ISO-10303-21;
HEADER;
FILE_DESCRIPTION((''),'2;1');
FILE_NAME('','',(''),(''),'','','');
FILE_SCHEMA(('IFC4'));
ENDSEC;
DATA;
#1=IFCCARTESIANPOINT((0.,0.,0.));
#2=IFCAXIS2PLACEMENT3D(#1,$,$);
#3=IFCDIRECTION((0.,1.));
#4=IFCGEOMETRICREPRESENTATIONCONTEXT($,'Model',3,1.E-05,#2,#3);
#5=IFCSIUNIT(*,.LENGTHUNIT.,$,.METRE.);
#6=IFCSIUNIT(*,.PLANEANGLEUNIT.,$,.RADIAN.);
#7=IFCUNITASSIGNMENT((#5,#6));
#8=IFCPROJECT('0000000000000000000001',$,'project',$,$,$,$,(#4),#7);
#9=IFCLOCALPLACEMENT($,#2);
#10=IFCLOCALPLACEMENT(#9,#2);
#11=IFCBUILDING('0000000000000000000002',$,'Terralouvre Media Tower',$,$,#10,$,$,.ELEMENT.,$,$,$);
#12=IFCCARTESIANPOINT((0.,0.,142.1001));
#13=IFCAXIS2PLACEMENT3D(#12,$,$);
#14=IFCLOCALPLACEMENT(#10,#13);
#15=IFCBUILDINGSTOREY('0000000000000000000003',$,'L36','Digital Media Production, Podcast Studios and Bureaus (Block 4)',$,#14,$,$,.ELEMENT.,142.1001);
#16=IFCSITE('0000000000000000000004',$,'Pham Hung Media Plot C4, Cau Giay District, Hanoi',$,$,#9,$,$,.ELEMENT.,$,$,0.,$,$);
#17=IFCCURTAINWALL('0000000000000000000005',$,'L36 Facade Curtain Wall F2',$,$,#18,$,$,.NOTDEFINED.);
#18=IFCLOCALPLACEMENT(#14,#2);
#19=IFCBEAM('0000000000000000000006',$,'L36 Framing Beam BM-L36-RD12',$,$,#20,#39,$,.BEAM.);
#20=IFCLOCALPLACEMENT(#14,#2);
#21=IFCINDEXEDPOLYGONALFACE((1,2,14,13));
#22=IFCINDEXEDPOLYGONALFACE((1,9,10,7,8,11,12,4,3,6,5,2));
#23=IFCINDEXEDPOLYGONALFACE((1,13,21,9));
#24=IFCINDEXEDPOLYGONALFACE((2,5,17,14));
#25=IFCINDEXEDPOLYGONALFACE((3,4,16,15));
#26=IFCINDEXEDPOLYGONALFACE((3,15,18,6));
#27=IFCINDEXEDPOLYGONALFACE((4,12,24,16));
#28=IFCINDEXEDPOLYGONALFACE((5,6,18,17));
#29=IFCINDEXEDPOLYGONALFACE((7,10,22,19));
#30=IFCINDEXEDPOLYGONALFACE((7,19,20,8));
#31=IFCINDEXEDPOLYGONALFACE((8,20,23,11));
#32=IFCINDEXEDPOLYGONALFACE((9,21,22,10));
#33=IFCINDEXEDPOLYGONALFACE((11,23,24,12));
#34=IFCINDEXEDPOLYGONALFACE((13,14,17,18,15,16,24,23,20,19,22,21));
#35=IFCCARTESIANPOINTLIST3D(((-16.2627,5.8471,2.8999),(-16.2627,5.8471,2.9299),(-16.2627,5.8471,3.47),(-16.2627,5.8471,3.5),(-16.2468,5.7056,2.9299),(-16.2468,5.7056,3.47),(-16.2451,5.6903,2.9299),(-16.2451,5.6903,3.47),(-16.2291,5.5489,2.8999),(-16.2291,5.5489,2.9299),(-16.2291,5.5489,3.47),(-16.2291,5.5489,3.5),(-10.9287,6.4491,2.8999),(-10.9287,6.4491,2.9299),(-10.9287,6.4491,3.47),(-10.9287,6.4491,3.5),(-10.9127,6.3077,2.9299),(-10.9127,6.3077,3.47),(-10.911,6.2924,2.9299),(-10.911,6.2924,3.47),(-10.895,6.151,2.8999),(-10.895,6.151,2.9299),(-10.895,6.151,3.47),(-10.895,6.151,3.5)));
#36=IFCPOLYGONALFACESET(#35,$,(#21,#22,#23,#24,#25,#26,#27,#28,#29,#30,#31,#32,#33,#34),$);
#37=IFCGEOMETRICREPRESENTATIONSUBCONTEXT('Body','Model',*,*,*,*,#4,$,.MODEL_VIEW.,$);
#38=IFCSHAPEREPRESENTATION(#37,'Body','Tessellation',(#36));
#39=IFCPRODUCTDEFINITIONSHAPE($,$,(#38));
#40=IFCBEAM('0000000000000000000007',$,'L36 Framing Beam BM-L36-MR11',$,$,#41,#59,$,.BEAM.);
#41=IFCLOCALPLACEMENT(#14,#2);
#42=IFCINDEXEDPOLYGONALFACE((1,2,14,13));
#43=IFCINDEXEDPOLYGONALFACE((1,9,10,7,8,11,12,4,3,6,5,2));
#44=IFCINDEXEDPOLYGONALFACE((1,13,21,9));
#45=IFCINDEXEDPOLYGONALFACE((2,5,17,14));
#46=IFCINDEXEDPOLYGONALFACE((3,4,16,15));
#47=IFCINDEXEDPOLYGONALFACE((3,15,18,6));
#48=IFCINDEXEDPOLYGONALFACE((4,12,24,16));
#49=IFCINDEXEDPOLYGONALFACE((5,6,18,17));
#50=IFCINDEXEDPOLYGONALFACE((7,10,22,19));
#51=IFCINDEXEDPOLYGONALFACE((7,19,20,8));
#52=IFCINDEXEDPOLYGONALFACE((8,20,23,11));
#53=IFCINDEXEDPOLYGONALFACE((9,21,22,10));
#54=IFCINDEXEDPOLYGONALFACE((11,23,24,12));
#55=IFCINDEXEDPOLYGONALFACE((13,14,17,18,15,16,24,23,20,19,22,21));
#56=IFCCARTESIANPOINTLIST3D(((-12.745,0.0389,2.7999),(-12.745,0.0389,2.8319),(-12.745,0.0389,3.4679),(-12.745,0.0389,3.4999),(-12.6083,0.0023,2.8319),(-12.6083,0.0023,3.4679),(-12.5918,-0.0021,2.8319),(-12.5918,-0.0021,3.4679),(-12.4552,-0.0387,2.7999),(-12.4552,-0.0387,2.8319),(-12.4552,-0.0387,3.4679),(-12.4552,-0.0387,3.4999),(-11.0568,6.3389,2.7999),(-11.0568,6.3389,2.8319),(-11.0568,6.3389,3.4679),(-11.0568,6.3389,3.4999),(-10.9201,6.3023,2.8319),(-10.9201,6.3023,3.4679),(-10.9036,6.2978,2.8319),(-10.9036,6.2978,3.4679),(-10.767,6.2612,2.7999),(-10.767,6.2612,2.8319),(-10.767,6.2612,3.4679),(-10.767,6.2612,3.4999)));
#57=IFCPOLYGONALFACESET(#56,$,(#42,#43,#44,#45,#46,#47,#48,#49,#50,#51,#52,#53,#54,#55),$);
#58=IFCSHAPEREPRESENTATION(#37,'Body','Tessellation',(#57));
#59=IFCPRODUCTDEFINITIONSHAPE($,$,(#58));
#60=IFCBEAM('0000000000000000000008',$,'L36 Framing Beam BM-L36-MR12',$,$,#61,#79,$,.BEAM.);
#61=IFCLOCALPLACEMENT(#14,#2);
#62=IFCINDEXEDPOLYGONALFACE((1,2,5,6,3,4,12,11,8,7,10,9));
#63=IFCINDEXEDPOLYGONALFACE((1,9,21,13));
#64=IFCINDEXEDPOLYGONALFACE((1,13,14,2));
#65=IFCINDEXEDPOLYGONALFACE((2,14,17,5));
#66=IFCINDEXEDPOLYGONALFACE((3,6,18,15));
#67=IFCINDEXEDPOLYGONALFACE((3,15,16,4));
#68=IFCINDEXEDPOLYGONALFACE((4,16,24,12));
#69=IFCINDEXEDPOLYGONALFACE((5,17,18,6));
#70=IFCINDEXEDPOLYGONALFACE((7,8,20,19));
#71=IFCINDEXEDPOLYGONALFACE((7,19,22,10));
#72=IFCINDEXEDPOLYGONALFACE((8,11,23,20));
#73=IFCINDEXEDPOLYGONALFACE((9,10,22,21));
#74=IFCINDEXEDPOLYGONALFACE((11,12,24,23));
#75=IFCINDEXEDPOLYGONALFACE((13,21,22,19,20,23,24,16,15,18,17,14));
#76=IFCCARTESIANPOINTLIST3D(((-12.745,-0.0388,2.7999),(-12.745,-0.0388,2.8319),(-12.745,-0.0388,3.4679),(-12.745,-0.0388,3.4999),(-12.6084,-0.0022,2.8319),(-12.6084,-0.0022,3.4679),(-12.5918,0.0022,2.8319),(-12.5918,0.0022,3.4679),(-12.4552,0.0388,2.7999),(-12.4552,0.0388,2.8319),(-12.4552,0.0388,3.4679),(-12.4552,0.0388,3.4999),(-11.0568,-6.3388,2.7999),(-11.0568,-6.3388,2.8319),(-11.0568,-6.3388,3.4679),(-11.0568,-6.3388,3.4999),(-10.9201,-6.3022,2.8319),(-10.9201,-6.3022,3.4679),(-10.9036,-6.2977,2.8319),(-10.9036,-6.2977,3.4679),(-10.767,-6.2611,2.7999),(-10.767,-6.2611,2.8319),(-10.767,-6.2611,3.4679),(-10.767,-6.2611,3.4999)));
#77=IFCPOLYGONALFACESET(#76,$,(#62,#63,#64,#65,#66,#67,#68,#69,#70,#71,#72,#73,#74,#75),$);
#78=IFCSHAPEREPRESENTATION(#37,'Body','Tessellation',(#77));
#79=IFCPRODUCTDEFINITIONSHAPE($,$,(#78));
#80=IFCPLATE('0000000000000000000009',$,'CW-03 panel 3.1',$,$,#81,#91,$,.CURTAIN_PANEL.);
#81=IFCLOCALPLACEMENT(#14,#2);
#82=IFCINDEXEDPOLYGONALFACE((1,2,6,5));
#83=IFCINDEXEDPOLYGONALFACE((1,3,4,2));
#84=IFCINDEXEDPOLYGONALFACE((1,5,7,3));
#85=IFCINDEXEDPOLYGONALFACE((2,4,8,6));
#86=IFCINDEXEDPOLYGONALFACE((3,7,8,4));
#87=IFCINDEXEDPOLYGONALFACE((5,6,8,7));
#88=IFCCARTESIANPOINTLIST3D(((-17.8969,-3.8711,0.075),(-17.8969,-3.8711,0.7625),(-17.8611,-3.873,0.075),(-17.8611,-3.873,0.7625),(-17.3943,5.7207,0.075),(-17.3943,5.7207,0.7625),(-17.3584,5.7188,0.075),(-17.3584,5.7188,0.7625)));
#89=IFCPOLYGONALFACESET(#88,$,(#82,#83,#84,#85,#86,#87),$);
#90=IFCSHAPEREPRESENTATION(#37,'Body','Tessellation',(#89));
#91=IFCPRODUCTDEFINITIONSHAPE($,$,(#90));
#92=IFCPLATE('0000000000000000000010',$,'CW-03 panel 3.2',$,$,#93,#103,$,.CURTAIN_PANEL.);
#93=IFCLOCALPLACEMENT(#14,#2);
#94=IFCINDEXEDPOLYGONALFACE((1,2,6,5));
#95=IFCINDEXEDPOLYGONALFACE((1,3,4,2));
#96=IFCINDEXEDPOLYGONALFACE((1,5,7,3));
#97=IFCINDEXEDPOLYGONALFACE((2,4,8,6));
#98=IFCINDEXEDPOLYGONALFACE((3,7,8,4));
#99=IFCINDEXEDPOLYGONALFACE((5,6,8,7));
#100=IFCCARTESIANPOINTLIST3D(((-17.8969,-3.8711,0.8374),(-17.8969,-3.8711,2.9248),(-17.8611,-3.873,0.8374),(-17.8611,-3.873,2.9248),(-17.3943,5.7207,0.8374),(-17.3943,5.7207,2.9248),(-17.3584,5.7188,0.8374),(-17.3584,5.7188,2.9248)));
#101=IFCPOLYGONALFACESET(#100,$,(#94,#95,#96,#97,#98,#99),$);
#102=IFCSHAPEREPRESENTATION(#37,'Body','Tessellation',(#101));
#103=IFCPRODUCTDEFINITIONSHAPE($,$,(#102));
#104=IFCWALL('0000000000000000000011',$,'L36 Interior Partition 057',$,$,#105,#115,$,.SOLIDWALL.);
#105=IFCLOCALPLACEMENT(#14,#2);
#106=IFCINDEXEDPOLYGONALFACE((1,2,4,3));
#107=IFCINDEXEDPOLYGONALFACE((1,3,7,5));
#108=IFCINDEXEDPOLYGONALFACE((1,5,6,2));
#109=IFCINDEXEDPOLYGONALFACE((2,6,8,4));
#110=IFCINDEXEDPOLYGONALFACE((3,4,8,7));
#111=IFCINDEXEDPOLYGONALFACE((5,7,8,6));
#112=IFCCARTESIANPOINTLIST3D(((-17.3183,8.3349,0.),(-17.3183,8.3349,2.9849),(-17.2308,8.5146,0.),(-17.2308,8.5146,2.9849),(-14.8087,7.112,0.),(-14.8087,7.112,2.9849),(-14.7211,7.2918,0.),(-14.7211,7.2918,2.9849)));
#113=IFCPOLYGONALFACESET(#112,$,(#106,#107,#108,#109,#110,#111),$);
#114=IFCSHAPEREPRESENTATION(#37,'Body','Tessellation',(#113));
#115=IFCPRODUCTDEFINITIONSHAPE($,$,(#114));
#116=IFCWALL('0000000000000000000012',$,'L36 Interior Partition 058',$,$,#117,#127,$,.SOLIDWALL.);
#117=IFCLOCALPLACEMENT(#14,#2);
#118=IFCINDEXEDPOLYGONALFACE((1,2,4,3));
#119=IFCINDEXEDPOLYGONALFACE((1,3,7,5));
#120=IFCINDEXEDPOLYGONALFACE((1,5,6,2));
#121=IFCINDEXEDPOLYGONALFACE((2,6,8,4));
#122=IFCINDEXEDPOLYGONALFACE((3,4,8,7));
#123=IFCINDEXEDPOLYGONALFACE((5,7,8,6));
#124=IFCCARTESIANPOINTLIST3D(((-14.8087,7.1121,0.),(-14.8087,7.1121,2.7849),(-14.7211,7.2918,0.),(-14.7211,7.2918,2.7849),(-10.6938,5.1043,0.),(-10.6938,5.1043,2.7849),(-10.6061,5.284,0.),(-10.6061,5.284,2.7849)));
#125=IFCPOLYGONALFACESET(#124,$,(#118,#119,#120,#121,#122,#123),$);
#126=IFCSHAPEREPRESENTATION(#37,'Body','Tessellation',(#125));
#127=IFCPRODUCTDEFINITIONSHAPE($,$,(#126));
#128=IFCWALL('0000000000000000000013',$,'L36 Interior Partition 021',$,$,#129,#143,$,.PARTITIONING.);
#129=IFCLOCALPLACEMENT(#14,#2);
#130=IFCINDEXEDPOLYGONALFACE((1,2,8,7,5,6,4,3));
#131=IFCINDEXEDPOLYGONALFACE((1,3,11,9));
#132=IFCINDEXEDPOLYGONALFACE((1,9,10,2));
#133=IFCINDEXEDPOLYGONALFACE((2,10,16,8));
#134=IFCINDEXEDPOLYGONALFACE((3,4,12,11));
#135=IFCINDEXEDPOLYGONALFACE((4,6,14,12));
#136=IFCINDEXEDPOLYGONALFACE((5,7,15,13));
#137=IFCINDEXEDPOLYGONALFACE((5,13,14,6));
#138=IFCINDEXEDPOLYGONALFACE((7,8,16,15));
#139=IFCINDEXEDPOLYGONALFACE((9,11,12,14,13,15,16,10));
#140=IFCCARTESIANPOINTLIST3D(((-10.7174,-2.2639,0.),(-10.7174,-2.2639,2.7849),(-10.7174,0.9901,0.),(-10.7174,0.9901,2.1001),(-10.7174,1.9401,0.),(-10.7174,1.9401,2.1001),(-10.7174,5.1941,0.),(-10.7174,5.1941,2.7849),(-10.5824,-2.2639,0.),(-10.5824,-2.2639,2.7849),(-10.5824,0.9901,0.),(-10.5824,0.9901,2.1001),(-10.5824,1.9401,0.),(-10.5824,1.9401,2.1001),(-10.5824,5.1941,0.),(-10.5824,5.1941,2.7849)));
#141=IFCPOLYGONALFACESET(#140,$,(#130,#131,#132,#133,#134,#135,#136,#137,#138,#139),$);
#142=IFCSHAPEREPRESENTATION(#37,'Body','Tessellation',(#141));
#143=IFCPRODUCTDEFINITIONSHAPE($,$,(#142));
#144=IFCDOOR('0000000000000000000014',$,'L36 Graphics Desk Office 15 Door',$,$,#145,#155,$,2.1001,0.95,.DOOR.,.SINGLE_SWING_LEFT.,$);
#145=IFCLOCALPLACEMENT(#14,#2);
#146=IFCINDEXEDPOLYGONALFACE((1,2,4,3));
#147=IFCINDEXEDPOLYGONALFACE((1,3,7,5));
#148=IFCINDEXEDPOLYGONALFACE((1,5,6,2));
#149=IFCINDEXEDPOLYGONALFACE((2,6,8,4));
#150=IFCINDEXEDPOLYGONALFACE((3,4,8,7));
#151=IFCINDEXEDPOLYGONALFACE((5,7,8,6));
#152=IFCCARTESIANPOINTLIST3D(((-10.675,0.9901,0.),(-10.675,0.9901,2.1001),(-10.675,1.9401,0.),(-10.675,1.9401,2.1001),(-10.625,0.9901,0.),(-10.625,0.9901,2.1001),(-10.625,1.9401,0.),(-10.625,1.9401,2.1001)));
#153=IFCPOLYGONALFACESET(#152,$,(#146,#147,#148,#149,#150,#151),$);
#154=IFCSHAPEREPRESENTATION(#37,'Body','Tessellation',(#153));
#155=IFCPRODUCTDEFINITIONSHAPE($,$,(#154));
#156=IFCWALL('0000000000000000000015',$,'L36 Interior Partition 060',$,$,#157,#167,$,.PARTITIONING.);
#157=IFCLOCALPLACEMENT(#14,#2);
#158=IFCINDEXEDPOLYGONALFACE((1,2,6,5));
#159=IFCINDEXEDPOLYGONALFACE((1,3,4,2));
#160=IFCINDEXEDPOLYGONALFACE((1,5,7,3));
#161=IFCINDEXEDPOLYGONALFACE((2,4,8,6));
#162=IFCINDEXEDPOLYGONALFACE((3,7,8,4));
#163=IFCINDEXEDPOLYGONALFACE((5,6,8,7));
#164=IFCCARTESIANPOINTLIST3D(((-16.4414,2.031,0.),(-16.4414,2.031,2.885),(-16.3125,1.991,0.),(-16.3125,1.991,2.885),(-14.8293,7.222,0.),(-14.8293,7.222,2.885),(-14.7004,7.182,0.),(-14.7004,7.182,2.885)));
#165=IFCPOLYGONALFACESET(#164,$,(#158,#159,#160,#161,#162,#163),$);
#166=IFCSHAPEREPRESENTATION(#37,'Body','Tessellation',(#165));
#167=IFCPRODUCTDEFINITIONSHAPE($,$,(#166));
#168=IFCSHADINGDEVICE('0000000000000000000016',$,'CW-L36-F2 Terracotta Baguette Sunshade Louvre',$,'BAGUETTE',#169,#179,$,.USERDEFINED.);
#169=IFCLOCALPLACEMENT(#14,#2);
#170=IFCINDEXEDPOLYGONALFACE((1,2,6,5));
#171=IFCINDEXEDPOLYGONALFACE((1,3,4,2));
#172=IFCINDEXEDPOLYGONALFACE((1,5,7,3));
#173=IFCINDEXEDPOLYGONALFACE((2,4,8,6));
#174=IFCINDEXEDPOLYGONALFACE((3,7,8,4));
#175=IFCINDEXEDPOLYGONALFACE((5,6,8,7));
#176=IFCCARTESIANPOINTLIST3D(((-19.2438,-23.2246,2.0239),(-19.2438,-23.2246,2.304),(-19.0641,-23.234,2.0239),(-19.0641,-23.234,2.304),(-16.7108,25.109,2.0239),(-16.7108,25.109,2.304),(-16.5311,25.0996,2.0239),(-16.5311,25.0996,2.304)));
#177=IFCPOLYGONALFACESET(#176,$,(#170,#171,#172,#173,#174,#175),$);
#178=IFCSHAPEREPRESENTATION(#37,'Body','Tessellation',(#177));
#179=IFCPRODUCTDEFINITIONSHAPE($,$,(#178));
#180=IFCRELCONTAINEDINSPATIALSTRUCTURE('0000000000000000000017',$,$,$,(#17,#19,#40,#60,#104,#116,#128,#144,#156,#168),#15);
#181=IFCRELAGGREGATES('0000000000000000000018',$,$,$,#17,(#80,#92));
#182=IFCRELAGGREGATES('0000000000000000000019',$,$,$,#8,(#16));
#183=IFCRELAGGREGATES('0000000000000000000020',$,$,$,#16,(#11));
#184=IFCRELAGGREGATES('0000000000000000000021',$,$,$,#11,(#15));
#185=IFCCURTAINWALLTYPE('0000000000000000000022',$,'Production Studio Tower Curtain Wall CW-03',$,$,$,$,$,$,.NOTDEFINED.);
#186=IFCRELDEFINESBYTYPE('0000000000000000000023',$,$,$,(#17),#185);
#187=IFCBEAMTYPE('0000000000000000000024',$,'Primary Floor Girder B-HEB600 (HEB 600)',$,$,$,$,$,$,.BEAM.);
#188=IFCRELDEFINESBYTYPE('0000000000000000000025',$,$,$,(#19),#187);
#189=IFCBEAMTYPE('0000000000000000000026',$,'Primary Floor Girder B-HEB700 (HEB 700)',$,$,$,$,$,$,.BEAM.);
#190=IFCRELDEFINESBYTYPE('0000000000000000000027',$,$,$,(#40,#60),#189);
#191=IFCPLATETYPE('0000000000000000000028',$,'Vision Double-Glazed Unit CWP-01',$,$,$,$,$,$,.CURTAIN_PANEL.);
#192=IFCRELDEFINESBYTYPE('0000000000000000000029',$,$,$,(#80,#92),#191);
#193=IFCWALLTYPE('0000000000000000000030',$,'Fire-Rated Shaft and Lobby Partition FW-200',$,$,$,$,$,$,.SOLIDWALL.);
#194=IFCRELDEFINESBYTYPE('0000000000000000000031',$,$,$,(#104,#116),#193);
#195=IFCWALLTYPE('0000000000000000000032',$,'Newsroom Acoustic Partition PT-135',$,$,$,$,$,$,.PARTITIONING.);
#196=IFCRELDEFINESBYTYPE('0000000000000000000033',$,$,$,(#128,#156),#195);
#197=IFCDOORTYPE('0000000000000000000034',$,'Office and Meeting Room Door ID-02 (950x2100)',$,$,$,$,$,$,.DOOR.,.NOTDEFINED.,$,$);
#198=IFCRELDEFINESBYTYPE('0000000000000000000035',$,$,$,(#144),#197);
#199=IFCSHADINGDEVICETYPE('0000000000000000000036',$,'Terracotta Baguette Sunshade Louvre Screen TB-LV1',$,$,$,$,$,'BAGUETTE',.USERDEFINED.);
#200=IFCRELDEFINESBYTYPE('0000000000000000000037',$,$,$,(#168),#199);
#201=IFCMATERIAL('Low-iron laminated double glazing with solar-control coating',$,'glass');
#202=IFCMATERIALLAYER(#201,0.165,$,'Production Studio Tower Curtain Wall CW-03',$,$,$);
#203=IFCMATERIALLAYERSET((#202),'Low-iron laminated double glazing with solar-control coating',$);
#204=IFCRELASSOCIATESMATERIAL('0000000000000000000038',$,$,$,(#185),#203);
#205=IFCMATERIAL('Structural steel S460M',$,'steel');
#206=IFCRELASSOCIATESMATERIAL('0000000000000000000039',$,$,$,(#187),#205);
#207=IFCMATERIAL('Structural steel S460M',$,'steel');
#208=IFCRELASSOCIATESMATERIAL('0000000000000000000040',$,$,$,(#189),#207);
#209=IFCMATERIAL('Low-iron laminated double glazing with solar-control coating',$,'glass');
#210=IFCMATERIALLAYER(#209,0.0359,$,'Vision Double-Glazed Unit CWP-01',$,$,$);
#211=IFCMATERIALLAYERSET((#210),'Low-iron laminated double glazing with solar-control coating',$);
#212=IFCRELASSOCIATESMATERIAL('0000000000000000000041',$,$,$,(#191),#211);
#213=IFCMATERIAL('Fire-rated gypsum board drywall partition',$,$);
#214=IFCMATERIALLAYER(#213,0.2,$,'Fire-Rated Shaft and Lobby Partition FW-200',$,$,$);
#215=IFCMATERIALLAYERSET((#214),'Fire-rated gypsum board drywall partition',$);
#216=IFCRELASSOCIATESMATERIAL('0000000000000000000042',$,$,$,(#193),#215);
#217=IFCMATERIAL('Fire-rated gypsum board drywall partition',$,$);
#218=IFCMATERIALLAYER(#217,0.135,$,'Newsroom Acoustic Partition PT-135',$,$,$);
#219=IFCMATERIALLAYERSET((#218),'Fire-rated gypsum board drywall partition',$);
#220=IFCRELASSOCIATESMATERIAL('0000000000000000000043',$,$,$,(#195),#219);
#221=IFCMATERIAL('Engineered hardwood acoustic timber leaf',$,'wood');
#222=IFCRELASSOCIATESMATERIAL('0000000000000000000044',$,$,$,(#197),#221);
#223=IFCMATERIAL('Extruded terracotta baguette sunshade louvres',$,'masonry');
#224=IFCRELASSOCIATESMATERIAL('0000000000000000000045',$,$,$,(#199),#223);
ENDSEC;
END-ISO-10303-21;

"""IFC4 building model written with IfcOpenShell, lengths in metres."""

from ifc_helpers import new_model, si_unit, direction, frame, frame_2d, origin, origin_2d, place, context, subcontext, project, spatial, rectangle, i_section, extrude, material, layer, layer_set, material_profile, profile_set, type_object, element, fill, aggregate, save


model = new_model("IFC4")

# Units and contexts
model_context = context("Model", 3, precision=1e-05, world=origin(), true_north=direction((0.0, 1.0)))
body_context = subcontext(model_context, "Body", "Model", "MODEL_VIEW")
ifc_project = project(units=[si_unit("LENGTHUNIT", "METRE"), si_unit("PLANEANGLEUNIT", "RADIAN")], contexts=[model_context])

# Site, building, storey
site_placement = place(None, origin())
site = spatial("IfcSite", under=ifc_project, at=site_placement, Name="Pham Hung Media Plot C4, Cau Giay District, Hanoi", CompositionType="ELEMENT", RefElevation=0.0)
building_placement = place(site_placement, origin())
building = spatial("IfcBuilding", under=site, at=building_placement, Name="Terralouvre Media Tower", CompositionType="ELEMENT")
storey_placement = place(building_placement, frame((0.0, 0.0, 142.1001)))
storey = spatial("IfcBuildingStorey", under=building, at=storey_placement, Name="L36", Description="Digital Media Production, Podcast Studios and Bureaus (Block 4)", CompositionType="ELEMENT", Elevation=142.1001)

# Curtain wall
ifc_material_1 = material(Name="Low-iron laminated double glazing with solar-control coating", Category="glass")
ifc_layer_1 = layer(ifc_material_1, 0.165, Name="Production Studio Tower Curtain Wall CW-03")
ifc_layer_set_1 = layer_set([ifc_layer_1], Name="Low-iron laminated double glazing with solar-control coating")
curtain_wall_type = type_object("IfcCurtainWallType", Name="Production Studio Tower Curtain Wall CW-03", PredefinedType="NOTDEFINED", material=ifc_layer_set_1)
curtain_wall_placement = place(storey_placement, origin())
curtain_wall = element("IfcCurtainWall", 1, at=curtain_wall_placement, inside=storey, type_object=curtain_wall_type, Name="L36 Facade Curtain Wall F2", PredefinedType="NOTDEFINED")

# Beams
ifc_material_2 = material(Name="Structural steel S460M", Category="steel")
ifc_material_profile_1 = material_profile(ifc_material_2, i_section(OverallWidth=0.3, OverallDepth=0.6001, WebThickness=0.0154, FlangeThickness=0.03, at=origin_2d()), Name="HEB 600")
ifc_profile_set_1 = profile_set([ifc_material_profile_1], Name="Structural steel S460M")
beam_type_1 = type_object("IfcBeamType", Name="Primary Floor Girder B-HEB600 (HEB 600)", PredefinedType="BEAM", material=ifc_profile_set_1)
beam_1_placement = place(storey_placement, frame((-10.9119, 6.3, 3.2), z_axis=(-0.99369, -0.112159, 0.0), x_axis=(0.112159, -0.99369, 0.0)))
element("IfcBeam", 2, at=beam_1_placement, inside=storey, type_object=beam_type_1, Name="L36 Framing Beam BM-L36-RD12", PredefinedType="BEAM", context=body_context, shape_type="SweptSolid", body=[
    extrude(i_section(OverallWidth=0.3, OverallDepth=0.6001, WebThickness=0.0154, FlangeThickness=0.03, at=origin_2d()), origin(), (0.0, 0.0, 1.0), 5.3679),
])
ifc_material_3 = material(Name="Structural steel S460M", Category="steel")
ifc_material_profile_2 = material_profile(ifc_material_3, i_section(OverallWidth=0.3, OverallDepth=0.7, WebThickness=0.0171, FlangeThickness=0.032, at=origin_2d()), Name="HEB 700")
ifc_profile_set_2 = profile_set([ifc_material_profile_2], Name="Structural steel S460M")
beam_type_2 = type_object("IfcBeamType", Name="Primary Floor Girder B-HEB700 (HEB 700)", PredefinedType="BEAM", material=ifc_profile_set_2)
for number, where, z_axis, x_axis, name in (
    (3, (-10.9119, 6.3, 3.1499), (-0.258839, -0.96592, 0.0), (0.96592, -0.258839, 0.0), "L36 Framing Beam BM-L36-MR11"),
    (4, (-12.6001, 0.0, 3.1499), (0.258839, -0.96592, 0.0), (0.96592, 0.258839, 0.0), "L36 Framing Beam BM-L36-MR12"),
):
    element("IfcBeam", number, at=place(storey_placement, frame(where, z_axis=z_axis, x_axis=x_axis)), inside=storey, type_object=beam_type_2, Name=name, PredefinedType="BEAM", context=body_context, shape_type="SweptSolid", body=[
        extrude(i_section(OverallWidth=0.3, OverallDepth=0.7, WebThickness=0.0171, FlangeThickness=0.032, at=origin_2d()), origin(), (0.0, 0.0, 1.0), 6.5222),
    ])

# Plates
ifc_material_4 = material(Name="Low-iron laminated double glazing with solar-control coating", Category="glass")
ifc_layer_2 = layer(ifc_material_4, 0.0359, Name="Vision Double-Glazed Unit CWP-01")
ifc_layer_set_2 = layer_set([ifc_layer_2], Name="Low-iron laminated double glazing with solar-control coating")
plate_type = type_object("IfcPlateType", Name="Vision Double-Glazed Unit CWP-01", PredefinedType="CURTAIN_PANEL", material=ifc_layer_set_2)
plate_1_placement = place(storey_placement, frame((-17.6277, 0.9238, 0.075), z_axis=(0.0, 0.0, 1.0), x_axis=(-0.052336, -0.99863, 0.0)))
plate_1 = element("IfcPlate", 5, at=plate_1_placement, type_object=plate_type, Name="CW-03 panel 3.1", PredefinedType="CURTAIN_PANEL", context=body_context, shape_type="SweptSolid", body=[
    extrude(rectangle(XDim=9.605, YDim=0.0359, at=origin_2d()), origin(), (0.0, 0.0, 1.0), 0.6875),
])
plate_2_placement = place(storey_placement, frame((-17.6277, 0.9238, 0.8374), z_axis=(0.0, 0.0, 1.0), x_axis=(-0.052336, -0.99863, 0.0)))
plate_2 = element("IfcPlate", 6, at=plate_2_placement, type_object=plate_type, Name="CW-03 panel 3.2", PredefinedType="CURTAIN_PANEL", context=body_context, shape_type="SweptSolid", body=[
    extrude(rectangle(XDim=9.605, YDim=0.0359, at=origin_2d()), origin(), (0.0, 0.0, 1.0), 2.0874),
])
aggregate(curtain_wall, [plate_1, plate_2])

# Walls
ifc_material_5 = material(Name="Fire-rated gypsum board drywall partition")
ifc_layer_3 = layer(ifc_material_5, 0.2, Name="Fire-Rated Shaft and Lobby Partition FW-200")
ifc_layer_set_3 = layer_set([ifc_layer_3], Name="Fire-rated gypsum board drywall partition")
wall_type_1 = type_object("IfcWallType", Name="Fire-Rated Shaft and Lobby Partition FW-200", PredefinedType="SOLIDWALL", material=ifc_layer_set_3)
wall_1_placement = place(storey_placement, frame((-17.2747, 8.4248, 0.0), z_axis=(0.0, 0.0, 1.0), x_axis=(0.898962, -0.438026, 0.0)))
element("IfcWall", 7, at=wall_1_placement, inside=storey, type_object=wall_type_1, Name="L36 Interior Partition 057", PredefinedType="SOLIDWALL", context=body_context, shape_type="SweptSolid", body=[
    extrude(rectangle(XDim=2.7917, YDim=0.2, at=frame_2d((1.396, 0.0))), origin(), (0.0, 0.0, 1.0), 2.9849),
])
wall_2_placement = place(storey_placement, frame((-14.7649, 7.2019, 0.0), z_axis=(0.0, 0.0, 1.0), x_axis=(0.898725, -0.438512, 0.0)))
element("IfcWall", 8, at=wall_2_placement, inside=storey, type_object=wall_type_1, Name="L36 Interior Partition 058", PredefinedType="SOLIDWALL", context=body_context, shape_type="SweptSolid", body=[
    extrude(rectangle(XDim=4.5786, YDim=0.2, at=frame_2d((2.2893, 0.0))), origin(), (0.0, 0.0, 1.0), 2.7849),
])

# Wall, opening, door
ifc_material_6 = material(Name="Fire-rated gypsum board drywall partition")
ifc_layer_4 = layer(ifc_material_6, 0.135, Name="Newsroom Acoustic Partition PT-135")
ifc_layer_set_4 = layer_set([ifc_layer_4], Name="Fire-rated gypsum board drywall partition")
wall_type_2 = type_object("IfcWallType", Name="Newsroom Acoustic Partition PT-135", PredefinedType="PARTITIONING", material=ifc_layer_set_4)
wall_3_placement = place(storey_placement, frame((-10.6499, 5.1941, 0.0), z_axis=(0.0, 0.0, 1.0), x_axis=(0.0, -1.0, 0.0)))
wall_3 = element("IfcWall", 9, at=wall_3_placement, inside=storey, type_object=wall_type_2, Name="L36 Interior Partition 021", PredefinedType="PARTITIONING", context=body_context, shape_type="SweptSolid", body=[
    extrude(rectangle(XDim=7.458, YDim=0.135, at=frame_2d((3.729, 0.0))), origin(), (0.0, 0.0, 1.0), 2.7849),
])
opening_placement = place(wall_3_placement, frame((3.2539, 0.0, 0.0)))
opening = element("IfcOpeningElement", 10, at=opening_placement, cuts=wall_3, PredefinedType="OPENING", context=body_context, shape_type="SweptSolid", body=[
    extrude(rectangle(XDim=0.95, YDim=2.1001, at=frame_2d((0.4751, 1.05))), frame((0.0, 0.0774, 0.0), z_axis=(0.0, -1.0, 0.0), x_axis=(1.0, 0.0, 0.0)), (0.0, 0.0, 1.0), 0.155),
])
ifc_material_7 = material(Name="Engineered hardwood acoustic timber leaf", Category="wood")
door_type = type_object("IfcDoorType", Name="Office and Meeting Room Door ID-02 (950x2100)", OperationType="NOTDEFINED", PredefinedType="DOOR", material=ifc_material_7)
door_placement = place(opening_placement, origin())
door = element("IfcDoor", 11, at=door_placement, inside=storey, type_object=door_type, Name="L36 Graphics Desk Office 15 Door", OperationType="SINGLE_SWING_LEFT", OverallHeight=2.1001, OverallWidth=0.95, PredefinedType="DOOR", context=body_context, shape_type="SweptSolid", body=[
    extrude(rectangle(XDim=0.95, YDim=2.1001, at=frame_2d((0.4751, 1.05))), frame((0.0, 0.0249, 0.0), z_axis=(0.0, -1.0, 0.0), x_axis=(1.0, 0.0, 0.0)), (0.0, 0.0, 1.0), 0.05),
])
fill(opening, door)

# Wall
wall_4_placement = place(storey_placement, frame((-16.377, 2.011, 0.0), z_axis=(0.0, 0.0, 1.0), x_axis=(0.296581, 0.955008, 0.0)))
element("IfcWall", 12, at=wall_4_placement, inside=storey, type_object=wall_type_2, Name="L36 Interior Partition 060", PredefinedType="PARTITIONING", context=body_context, shape_type="SweptSolid", body=[
    extrude(rectangle(XDim=5.4355, YDim=0.135, at=frame_2d((2.7178, 0.0))), origin(), (0.0, 0.0, 1.0), 2.885),
])

# Shading device
ifc_material_8 = material(Name="Extruded terracotta baguette sunshade louvres", Category="masonry")
shading_device_type = type_object("IfcShadingDeviceType", Name="Terracotta Baguette Sunshade Louvre Screen TB-LV1", ElementType="BAGUETTE", PredefinedType="USERDEFINED", material=ifc_material_8)
shading_device_placement = place(storey_placement, frame((-17.8875, 0.9375, 2.0239), z_axis=(0.0, 0.0, 1.0), x_axis=(-0.052336, -0.99863, 0.0)))
element("IfcShadingDevice", 13, at=shading_device_placement, inside=storey, type_object=shading_device_type, Name="CW-L36-F2 Terracotta Baguette Sunshade Louvre", ObjectType="BAGUETTE", PredefinedType="USERDEFINED", context=body_context, shape_type="SweptSolid", body=[
    extrude(rectangle(XDim=48.3999, YDim=0.1799, at=origin_2d()), origin(), (0.0, 0.0, 1.0), 0.28),
])

save(model, "model.ifc")
